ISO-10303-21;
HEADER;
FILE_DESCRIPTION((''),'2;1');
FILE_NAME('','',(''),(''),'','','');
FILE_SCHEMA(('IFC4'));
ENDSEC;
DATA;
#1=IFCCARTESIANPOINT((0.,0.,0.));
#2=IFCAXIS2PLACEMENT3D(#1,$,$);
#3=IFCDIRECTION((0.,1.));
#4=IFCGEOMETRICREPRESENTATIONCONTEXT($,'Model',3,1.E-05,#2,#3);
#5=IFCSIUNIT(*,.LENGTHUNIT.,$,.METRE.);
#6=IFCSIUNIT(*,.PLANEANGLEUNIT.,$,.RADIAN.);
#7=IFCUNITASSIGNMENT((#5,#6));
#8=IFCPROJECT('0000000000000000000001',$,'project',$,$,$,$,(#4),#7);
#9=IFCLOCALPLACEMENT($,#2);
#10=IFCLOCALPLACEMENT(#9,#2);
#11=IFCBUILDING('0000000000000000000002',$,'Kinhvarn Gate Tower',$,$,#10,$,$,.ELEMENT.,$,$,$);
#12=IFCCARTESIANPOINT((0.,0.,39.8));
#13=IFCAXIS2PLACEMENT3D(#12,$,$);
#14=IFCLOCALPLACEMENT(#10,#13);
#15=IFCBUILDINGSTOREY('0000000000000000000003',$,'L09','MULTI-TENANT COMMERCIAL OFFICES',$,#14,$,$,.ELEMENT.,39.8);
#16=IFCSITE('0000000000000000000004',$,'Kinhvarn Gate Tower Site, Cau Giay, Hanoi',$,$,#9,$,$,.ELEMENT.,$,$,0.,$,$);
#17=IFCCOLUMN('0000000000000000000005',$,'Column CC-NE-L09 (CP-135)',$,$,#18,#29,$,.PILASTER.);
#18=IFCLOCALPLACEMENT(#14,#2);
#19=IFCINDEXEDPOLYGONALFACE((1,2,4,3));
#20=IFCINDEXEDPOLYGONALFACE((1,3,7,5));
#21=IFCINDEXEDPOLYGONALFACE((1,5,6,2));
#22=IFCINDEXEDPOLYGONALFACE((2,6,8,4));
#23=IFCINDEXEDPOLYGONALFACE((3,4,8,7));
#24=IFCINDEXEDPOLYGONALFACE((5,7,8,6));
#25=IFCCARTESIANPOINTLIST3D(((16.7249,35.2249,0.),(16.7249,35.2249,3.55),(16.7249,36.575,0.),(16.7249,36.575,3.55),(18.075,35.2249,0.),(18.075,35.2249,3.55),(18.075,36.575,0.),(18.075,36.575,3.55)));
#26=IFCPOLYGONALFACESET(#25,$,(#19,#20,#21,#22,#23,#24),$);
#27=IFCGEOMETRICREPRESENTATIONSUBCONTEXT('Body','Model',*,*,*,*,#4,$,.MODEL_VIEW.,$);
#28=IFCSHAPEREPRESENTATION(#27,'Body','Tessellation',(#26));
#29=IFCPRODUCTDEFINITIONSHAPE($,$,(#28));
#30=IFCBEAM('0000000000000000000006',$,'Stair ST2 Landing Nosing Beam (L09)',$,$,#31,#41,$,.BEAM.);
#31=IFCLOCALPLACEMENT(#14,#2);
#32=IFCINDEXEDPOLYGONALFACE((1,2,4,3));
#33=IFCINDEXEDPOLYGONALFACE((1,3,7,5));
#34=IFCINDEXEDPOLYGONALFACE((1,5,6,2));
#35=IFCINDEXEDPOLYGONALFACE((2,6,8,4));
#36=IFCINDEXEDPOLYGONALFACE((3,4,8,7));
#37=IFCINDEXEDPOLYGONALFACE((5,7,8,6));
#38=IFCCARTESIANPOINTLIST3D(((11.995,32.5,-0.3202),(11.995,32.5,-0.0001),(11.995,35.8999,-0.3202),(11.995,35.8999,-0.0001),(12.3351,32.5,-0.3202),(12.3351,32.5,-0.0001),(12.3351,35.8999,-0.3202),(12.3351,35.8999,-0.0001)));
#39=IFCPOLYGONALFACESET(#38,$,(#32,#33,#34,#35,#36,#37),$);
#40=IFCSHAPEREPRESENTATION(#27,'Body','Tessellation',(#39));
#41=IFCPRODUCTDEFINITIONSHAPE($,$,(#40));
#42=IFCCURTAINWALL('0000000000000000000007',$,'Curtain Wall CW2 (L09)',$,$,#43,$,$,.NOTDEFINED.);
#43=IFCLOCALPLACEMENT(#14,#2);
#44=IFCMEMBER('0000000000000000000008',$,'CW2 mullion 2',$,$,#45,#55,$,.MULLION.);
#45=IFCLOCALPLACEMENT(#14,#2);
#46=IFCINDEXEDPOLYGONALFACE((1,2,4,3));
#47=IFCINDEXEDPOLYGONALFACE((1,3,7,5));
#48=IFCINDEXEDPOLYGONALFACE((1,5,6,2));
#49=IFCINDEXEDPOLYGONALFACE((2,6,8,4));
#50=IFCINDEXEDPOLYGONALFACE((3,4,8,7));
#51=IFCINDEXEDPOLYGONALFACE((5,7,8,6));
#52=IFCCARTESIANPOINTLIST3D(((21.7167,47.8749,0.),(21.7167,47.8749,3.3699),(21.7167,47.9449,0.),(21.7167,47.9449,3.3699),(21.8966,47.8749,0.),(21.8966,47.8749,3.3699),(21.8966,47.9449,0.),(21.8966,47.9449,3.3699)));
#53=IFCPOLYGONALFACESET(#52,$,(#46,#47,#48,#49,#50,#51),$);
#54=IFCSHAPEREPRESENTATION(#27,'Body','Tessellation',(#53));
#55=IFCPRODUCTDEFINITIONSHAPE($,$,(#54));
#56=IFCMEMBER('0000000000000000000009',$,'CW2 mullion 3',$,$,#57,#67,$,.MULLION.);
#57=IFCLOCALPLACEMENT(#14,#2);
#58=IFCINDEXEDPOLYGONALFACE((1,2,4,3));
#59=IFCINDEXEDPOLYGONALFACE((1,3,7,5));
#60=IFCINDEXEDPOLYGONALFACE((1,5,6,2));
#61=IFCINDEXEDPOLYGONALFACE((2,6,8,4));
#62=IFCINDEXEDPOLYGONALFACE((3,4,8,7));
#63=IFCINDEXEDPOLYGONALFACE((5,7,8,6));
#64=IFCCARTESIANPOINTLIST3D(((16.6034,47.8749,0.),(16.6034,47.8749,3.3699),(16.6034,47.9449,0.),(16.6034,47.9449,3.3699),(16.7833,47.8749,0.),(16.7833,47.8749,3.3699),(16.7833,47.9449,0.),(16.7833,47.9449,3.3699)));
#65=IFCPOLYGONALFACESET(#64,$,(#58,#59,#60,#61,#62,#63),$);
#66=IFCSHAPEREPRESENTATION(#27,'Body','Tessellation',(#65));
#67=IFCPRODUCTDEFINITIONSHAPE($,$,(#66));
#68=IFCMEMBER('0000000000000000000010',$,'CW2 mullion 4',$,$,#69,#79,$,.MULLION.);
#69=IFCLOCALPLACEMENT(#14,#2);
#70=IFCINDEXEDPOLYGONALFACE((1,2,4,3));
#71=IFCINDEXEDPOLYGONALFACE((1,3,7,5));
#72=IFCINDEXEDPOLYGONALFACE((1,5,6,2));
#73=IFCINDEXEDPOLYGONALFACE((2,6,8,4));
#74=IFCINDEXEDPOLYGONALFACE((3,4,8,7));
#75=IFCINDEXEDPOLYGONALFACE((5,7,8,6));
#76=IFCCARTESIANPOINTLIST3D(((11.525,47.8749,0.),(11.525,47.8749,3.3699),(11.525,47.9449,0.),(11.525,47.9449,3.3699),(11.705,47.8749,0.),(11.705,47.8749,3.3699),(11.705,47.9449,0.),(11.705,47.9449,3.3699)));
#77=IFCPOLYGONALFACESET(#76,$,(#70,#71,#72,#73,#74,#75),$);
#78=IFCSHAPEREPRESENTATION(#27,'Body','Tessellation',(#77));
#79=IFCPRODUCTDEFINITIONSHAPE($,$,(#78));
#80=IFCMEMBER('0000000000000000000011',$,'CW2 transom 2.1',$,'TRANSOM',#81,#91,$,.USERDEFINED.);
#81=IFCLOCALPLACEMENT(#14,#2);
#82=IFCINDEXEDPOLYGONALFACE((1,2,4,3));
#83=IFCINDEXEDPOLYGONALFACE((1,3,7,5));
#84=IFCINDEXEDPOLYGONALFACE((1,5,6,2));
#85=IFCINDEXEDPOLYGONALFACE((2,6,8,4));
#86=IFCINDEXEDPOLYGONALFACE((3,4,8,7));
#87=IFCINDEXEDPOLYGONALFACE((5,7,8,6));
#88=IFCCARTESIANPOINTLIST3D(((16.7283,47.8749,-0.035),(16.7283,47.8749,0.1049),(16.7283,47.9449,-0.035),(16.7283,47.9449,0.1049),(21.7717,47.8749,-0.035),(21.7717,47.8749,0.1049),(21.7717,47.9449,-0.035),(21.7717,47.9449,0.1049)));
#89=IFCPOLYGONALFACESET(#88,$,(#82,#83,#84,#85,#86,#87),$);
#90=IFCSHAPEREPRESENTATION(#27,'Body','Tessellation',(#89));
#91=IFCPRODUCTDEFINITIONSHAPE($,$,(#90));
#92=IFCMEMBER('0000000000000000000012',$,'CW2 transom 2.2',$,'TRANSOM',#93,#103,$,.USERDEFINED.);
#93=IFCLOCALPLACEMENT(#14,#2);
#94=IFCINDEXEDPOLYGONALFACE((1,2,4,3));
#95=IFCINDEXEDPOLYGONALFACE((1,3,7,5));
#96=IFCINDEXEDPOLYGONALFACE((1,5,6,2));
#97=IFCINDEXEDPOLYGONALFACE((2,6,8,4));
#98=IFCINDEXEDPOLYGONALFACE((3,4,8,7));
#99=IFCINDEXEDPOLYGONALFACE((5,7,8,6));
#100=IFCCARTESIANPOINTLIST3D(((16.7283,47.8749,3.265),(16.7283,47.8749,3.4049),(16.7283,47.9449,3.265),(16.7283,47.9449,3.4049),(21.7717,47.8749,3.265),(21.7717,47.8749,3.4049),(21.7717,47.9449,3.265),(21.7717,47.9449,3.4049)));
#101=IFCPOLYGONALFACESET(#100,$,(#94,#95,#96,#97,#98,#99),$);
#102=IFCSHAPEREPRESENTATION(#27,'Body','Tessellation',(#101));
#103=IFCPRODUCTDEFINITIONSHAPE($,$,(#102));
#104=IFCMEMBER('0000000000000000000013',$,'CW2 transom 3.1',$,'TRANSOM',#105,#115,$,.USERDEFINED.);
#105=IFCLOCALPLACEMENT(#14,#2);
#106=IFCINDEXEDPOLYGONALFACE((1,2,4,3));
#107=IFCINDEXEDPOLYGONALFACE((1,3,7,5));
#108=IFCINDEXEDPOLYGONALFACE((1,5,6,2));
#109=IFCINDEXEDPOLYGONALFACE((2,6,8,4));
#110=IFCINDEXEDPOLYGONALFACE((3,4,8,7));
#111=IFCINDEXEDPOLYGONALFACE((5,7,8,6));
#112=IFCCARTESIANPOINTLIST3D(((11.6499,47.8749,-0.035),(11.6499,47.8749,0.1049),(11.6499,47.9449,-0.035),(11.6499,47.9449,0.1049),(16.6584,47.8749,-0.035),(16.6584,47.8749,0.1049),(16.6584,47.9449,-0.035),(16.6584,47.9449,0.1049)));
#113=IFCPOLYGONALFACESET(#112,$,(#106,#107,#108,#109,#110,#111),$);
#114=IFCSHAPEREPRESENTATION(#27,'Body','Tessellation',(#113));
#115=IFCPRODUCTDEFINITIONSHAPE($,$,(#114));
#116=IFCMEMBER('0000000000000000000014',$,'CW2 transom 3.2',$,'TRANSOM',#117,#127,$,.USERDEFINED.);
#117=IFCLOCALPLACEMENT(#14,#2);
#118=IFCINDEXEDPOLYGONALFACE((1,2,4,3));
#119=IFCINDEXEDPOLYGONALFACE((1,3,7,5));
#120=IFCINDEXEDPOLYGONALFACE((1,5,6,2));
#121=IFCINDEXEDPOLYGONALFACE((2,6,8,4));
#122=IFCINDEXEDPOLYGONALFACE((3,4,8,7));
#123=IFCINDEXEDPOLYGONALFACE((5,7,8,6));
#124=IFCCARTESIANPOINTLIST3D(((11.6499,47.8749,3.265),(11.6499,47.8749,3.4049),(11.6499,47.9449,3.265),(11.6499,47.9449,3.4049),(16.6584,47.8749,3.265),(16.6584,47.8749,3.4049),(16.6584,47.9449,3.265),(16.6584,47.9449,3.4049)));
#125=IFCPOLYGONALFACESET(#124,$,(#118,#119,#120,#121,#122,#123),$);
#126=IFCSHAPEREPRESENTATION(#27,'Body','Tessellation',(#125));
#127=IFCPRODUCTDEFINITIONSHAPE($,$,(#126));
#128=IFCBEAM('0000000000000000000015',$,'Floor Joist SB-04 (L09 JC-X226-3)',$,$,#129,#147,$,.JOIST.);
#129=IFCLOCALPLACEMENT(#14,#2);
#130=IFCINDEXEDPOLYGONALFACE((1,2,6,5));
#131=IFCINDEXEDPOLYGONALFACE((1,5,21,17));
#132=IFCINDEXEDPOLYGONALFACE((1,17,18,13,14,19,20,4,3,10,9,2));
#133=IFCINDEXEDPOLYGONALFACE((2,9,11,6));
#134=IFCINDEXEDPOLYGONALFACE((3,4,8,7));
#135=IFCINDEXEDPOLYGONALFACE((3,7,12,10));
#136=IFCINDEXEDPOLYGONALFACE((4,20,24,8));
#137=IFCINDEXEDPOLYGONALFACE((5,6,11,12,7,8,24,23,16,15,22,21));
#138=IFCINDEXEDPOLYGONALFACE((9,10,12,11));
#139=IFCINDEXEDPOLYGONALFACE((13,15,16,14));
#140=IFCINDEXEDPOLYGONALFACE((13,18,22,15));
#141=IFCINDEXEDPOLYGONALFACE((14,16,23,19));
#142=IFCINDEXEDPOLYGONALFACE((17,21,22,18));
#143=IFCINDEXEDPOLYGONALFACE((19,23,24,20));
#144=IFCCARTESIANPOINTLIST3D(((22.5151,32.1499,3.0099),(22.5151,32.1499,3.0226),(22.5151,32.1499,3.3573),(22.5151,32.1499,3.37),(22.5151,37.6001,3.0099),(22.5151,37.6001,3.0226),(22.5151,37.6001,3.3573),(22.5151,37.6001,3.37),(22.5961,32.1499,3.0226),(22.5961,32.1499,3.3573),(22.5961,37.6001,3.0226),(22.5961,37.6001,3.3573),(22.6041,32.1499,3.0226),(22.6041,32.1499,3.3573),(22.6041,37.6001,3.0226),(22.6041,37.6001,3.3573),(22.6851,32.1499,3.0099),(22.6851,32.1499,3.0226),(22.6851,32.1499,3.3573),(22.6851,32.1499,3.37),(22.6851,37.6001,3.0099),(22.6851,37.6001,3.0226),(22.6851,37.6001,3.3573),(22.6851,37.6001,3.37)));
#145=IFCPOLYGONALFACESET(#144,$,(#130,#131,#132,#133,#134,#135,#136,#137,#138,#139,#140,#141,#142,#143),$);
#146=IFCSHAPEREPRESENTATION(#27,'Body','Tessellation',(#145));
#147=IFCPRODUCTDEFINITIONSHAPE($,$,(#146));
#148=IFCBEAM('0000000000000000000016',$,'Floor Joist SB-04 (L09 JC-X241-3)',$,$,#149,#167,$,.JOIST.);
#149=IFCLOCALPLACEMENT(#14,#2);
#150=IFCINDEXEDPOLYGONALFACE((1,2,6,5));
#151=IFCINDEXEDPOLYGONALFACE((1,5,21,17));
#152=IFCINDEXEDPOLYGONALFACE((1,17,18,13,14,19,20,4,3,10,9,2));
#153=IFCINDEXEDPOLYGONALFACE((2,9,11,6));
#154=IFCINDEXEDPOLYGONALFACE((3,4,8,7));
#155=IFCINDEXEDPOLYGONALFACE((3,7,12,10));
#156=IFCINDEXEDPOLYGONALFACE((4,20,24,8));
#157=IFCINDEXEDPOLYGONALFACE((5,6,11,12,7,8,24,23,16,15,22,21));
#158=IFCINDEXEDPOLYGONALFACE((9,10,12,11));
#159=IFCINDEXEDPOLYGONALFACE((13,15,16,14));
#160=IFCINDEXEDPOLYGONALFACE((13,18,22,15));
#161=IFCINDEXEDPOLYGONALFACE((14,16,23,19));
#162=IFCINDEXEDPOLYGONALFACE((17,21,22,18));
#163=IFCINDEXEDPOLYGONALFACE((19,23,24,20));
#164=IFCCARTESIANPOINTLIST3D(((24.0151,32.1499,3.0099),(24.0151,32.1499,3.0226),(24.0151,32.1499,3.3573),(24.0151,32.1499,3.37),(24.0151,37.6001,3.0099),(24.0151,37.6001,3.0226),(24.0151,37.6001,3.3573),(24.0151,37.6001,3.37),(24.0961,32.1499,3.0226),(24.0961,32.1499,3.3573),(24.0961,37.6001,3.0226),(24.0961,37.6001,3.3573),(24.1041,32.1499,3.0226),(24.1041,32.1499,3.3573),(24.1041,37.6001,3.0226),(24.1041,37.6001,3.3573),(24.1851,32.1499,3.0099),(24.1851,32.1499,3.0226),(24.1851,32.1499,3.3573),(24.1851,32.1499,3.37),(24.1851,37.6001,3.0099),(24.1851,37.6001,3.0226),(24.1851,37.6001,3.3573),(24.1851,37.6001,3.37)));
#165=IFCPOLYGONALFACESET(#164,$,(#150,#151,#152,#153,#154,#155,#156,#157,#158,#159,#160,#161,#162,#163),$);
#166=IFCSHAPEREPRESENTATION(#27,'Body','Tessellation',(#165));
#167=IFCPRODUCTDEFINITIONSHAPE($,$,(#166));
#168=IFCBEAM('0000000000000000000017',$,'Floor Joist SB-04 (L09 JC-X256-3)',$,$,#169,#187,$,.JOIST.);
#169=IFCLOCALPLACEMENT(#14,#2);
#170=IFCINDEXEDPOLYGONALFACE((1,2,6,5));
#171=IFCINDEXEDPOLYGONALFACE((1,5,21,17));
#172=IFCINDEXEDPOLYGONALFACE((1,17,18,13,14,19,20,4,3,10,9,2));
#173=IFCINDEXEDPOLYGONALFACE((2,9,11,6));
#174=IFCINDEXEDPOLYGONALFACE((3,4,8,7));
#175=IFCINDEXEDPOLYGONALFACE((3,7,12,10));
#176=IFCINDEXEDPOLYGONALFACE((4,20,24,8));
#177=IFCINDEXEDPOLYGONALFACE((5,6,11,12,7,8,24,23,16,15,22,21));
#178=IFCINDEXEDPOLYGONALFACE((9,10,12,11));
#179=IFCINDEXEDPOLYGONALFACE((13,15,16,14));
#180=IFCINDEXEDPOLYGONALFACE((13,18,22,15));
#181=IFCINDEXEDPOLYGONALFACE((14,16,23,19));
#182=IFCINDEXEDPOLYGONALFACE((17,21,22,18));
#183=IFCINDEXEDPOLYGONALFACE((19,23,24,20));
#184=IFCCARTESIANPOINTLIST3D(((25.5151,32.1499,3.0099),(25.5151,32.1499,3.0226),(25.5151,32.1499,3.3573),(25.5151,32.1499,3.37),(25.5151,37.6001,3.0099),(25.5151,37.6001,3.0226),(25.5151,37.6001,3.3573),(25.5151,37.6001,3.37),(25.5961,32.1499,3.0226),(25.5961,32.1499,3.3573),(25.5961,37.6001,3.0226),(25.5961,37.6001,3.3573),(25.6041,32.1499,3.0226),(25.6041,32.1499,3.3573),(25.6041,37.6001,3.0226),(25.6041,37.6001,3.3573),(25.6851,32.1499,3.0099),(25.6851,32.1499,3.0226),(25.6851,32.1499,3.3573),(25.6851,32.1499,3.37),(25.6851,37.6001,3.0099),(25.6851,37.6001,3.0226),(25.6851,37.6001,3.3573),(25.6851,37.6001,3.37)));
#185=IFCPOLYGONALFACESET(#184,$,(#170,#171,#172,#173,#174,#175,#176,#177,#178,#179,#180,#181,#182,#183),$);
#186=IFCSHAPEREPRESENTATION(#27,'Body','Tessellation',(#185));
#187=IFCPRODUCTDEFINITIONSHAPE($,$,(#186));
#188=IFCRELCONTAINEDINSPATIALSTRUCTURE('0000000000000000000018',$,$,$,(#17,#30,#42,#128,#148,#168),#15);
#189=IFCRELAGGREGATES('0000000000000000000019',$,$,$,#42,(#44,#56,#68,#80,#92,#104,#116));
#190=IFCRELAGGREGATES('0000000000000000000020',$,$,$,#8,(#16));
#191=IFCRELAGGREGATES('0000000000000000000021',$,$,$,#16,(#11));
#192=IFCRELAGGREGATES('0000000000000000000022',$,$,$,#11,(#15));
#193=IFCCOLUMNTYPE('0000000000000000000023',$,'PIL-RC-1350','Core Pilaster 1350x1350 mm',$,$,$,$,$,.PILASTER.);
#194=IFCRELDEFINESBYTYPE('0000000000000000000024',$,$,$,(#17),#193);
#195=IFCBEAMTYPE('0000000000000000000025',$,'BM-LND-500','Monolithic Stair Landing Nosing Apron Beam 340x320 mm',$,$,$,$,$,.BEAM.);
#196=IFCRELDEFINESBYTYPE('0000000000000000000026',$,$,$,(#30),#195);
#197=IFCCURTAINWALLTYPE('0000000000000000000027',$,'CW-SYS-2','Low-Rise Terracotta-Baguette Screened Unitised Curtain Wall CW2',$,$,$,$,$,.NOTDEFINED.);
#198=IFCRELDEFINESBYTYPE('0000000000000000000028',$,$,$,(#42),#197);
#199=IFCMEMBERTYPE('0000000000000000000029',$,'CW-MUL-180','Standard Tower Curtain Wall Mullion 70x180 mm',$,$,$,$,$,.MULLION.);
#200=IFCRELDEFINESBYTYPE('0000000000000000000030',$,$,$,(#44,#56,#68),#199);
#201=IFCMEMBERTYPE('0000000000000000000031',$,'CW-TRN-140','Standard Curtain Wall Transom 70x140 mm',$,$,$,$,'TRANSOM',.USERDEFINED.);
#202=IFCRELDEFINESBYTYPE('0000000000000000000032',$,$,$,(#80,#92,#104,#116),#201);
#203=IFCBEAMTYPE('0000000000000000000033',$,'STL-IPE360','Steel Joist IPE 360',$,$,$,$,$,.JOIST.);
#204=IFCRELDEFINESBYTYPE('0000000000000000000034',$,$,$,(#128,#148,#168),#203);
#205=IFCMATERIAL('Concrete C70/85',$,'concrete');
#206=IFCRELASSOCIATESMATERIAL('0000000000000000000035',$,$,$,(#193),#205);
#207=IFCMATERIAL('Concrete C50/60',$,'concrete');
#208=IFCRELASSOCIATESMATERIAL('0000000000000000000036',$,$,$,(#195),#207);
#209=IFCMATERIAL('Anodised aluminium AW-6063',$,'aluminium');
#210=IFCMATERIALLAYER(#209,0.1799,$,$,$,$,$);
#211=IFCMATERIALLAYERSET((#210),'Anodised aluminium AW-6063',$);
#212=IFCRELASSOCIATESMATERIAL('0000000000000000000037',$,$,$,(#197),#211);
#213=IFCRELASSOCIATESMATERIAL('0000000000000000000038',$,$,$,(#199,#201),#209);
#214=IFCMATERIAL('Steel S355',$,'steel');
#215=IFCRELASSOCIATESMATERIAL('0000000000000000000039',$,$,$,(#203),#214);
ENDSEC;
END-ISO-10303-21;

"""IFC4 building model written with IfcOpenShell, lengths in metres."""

from ifc_helpers import new_model, si_unit, direction, frame, origin, origin_2d, place, context, subcontext, project, spatial, rectangle, i_section, extrude, material, layer, layer_set, material_profile, profile_set, type_object, element, aggregate, save


model = new_model("IFC4")

# Units and contexts
model_context = context("Model", 3, precision=1e-05, world=origin(), true_north=direction((0.0, 1.0)))
body_context = subcontext(model_context, "Body", "Model", "MODEL_VIEW")
ifc_project = project(units=[si_unit("LENGTHUNIT", "METRE"), si_unit("PLANEANGLEUNIT", "RADIAN")], contexts=[model_context])

# Site, building, storey
site_placement = place(None, origin())
site = spatial("IfcSite", under=ifc_project, at=site_placement, Name="Kinhvarn Gate Tower Site, Cau Giay, Hanoi", CompositionType="ELEMENT", RefElevation=0.0)
building_placement = place(site_placement, origin())
building = spatial("IfcBuilding", under=site, at=building_placement, Name="Kinhvarn Gate Tower", CompositionType="ELEMENT")
storey_placement = place(building_placement, frame((0.0, 0.0, 39.8)))
storey = spatial("IfcBuildingStorey", under=building, at=storey_placement, Name="L09", Description="MULTI-TENANT COMMERCIAL OFFICES", CompositionType="ELEMENT", Elevation=39.8)

# Column
ifc_material_1 = material(Name="Concrete C70/85", Category="concrete")
ifc_material_profile_1 = material_profile(ifc_material_1, rectangle(XDim=1.3501, YDim=1.3501, at=origin_2d()), Name="RC 1350x1350")
ifc_profile_set_1 = profile_set([ifc_material_profile_1], Name="Concrete C70/85")
column_type = type_object("IfcColumnType", Name="PIL-RC-1350", Description="Core Pilaster 1350x1350 mm", PredefinedType="PILASTER", material=ifc_profile_set_1)
column_placement = place(storey_placement, frame((17.3999, 35.8999, 0.0), z_axis=(0.0, 0.0, 1.0), x_axis=(1.0, 0.0, 0.0)))
element("IfcColumn", 1, at=column_placement, inside=storey, type_object=column_type, Name="Column CC-NE-L09 (CP-135)", PredefinedType="PILASTER", context=body_context, shape_type="SweptSolid", body=[
    extrude(rectangle(XDim=1.3501, YDim=1.3501, at=origin_2d()), origin(), (0.0, 0.0, 1.0), 3.55),
])

# Beam
ifc_material_2 = material(Name="Concrete C50/60", Category="concrete")
ifc_material_profile_2 = material_profile(ifc_material_2, rectangle(XDim=0.3401, YDim=0.3201, at=origin_2d()), Name="RC 340x320")
ifc_profile_set_2 = profile_set([ifc_material_profile_2], Name="Concrete C50/60")
beam_type_1 = type_object("IfcBeamType", Name="BM-LND-500", Description="Monolithic Stair Landing Nosing Apron Beam 340x320 mm", PredefinedType="BEAM", material=ifc_profile_set_2)
beam_placement = place(storey_placement, frame((12.165, 32.5, -0.1602), z_axis=(0.0, 1.0, 0.0), x_axis=(-1.0, 0.0, 0.0)))
element("IfcBeam", 2, at=beam_placement, inside=storey, type_object=beam_type_1, Name="Stair ST2 Landing Nosing Beam (L09)", PredefinedType="BEAM", context=body_context, shape_type="SweptSolid", body=[
    extrude(rectangle(XDim=0.3401, YDim=0.3201, at=origin_2d()), origin(), (0.0, 0.0, 1.0), 3.3999),
])

# Curtain wall, members
ifc_material_3 = material(Name="Anodised aluminium AW-6063", Category="aluminium")
ifc_layer_1 = layer(ifc_material_3, 0.1799)
ifc_layer_set_1 = layer_set([ifc_layer_1], Name="Anodised aluminium AW-6063")
curtain_wall_type = type_object("IfcCurtainWallType", Name="CW-SYS-2", Description="Low-Rise Terracotta-Baguette Screened Unitised Curtain Wall CW2", PredefinedType="NOTDEFINED", material=ifc_layer_set_1)
curtain_wall_placement = place(storey_placement, origin())
curtain_wall = element("IfcCurtainWall", 3, at=curtain_wall_placement, inside=storey, type_object=curtain_wall_type, Name="Curtain Wall CW2 (L09)", PredefinedType="NOTDEFINED")
ifc_material_profile_3 = material_profile(ifc_material_3, rectangle(XDim=0.0701, YDim=0.1799, at=origin_2d()), Name="ALU 70x180")
ifc_profile_set_3 = profile_set([ifc_material_profile_3], Name="Anodised aluminium AW-6063")
member_type_1 = type_object("IfcMemberType", Name="CW-MUL-180", Description="Standard Tower Curtain Wall Mullion 70x180 mm", PredefinedType="MULLION", material=ifc_profile_set_3)
member_1_placement = place(storey_placement, frame((21.8066, 47.9099, 0.0), z_axis=(0.0, 0.0, 1.0), x_axis=(0.0, -1.0, 0.0)))
member_1 = element("IfcMember", 4, at=member_1_placement, type_object=member_type_1, Name="CW2 mullion 2", PredefinedType="MULLION", context=body_context, shape_type="SweptSolid", body=[
    extrude(rectangle(XDim=0.0701, YDim=0.1799, at=origin_2d()), origin(), (0.0, 0.0, 1.0), 3.3699),
])
member_2_placement = place(storey_placement, frame((16.6934, 47.9099, 0.0), z_axis=(0.0, 0.0, 1.0), x_axis=(0.0, -1.0, 0.0)))
member_2 = element("IfcMember", 5, at=member_2_placement, type_object=member_type_1, Name="CW2 mullion 3", PredefinedType="MULLION", context=body_context, shape_type="SweptSolid", body=[
    extrude(rectangle(XDim=0.0701, YDim=0.1799, at=origin_2d()), origin(), (0.0, 0.0, 1.0), 3.3699),
])
member_3_placement = place(storey_placement, frame((11.615, 47.9099, 0.0), z_axis=(0.0, 0.0, 1.0), x_axis=(0.0, -1.0, 0.0)))
member_3 = element("IfcMember", 6, at=member_3_placement, type_object=member_type_1, Name="CW2 mullion 4", PredefinedType="MULLION", context=body_context, shape_type="SweptSolid", body=[
    extrude(rectangle(XDim=0.0701, YDim=0.1799, at=origin_2d()), origin(), (0.0, 0.0, 1.0), 3.3699),
])
ifc_material_profile_4 = material_profile(ifc_material_3, rectangle(XDim=0.0701, YDim=0.1399, at=origin_2d()), Name="ALU 70x140")
ifc_profile_set_4 = profile_set([ifc_material_profile_4], Name="Anodised aluminium AW-6063")
member_type_2 = type_object("IfcMemberType", Name="CW-TRN-140", Description="Standard Curtain Wall Transom 70x140 mm", ElementType="TRANSOM", PredefinedType="USERDEFINED", material=ifc_profile_set_4)
member_4_placement = place(storey_placement, frame((21.7717, 47.9099, 0.0349), z_axis=(-1.0, 0.0, 0.0), x_axis=(0.0, -1.0, 0.0)))
member_4 = element("IfcMember", 7, at=member_4_placement, type_object=member_type_2, Name="CW2 transom 2.1", ObjectType="TRANSOM", PredefinedType="USERDEFINED", context=body_context, shape_type="SweptSolid", body=[
    extrude(rectangle(XDim=0.0701, YDim=0.1399, at=origin_2d()), origin(), (0.0, 0.0, 1.0), 5.0435),
])
member_5_placement = place(storey_placement, frame((21.7717, 47.9099, 3.335), z_axis=(-1.0, 0.0, 0.0), x_axis=(0.0, -1.0, 0.0)))
member_5 = element("IfcMember", 8, at=member_5_placement, type_object=member_type_2, Name="CW2 transom 2.2", ObjectType="TRANSOM", PredefinedType="USERDEFINED", context=body_context, shape_type="SweptSolid", body=[
    extrude(rectangle(XDim=0.0701, YDim=0.1399, at=origin_2d()), origin(), (0.0, 0.0, 1.0), 5.0435),
])
member_6_placement = place(storey_placement, frame((16.6584, 47.9099, 0.0349), z_axis=(-1.0, 0.0, 0.0), x_axis=(0.0, -1.0, 0.0)))
member_6 = element("IfcMember", 9, at=member_6_placement, type_object=member_type_2, Name="CW2 transom 3.1", ObjectType="TRANSOM", PredefinedType="USERDEFINED", context=body_context, shape_type="SweptSolid", body=[
    extrude(rectangle(XDim=0.0701, YDim=0.1399, at=origin_2d()), origin(), (0.0, 0.0, 1.0), 5.0085),
])
member_7_placement = place(storey_placement, frame((16.6584, 47.9099, 3.335), z_axis=(-1.0, 0.0, 0.0), x_axis=(0.0, -1.0, 0.0)))
member_7 = element("IfcMember", 10, at=member_7_placement, type_object=member_type_2, Name="CW2 transom 3.2", ObjectType="TRANSOM", PredefinedType="USERDEFINED", context=body_context, shape_type="SweptSolid", body=[
    extrude(rectangle(XDim=0.0701, YDim=0.1399, at=origin_2d()), origin(), (0.0, 0.0, 1.0), 5.0085),
])

# Beams
ifc_material_4 = material(Name="Steel S355", Category="steel")
ifc_material_profile_5 = material_profile(ifc_material_4, i_section(OverallWidth=0.1699, OverallDepth=0.3601, WebThickness=0.0081, FlangeThickness=0.0127, at=origin_2d()), Name="IPE 360")
ifc_profile_set_5 = profile_set([ifc_material_profile_5], Name="Steel S355")
beam_type_2 = type_object("IfcBeamType", Name="STL-IPE360", Description="Steel Joist IPE 360", PredefinedType="JOIST", material=ifc_profile_set_5)
for number, where, z_axis, x_axis, name in (
    (11, (22.6001, 32.1499, 3.1899), (0.0, 1.0, 0.0), (-1.0, 0.0, 0.0), "Floor Joist SB-04 (L09 JC-X226-3)"),
    (12, (24.1001, 32.1499, 3.1899), (0.0, 1.0, 0.0), (-1.0, 0.0, 0.0), "Floor Joist SB-04 (L09 JC-X241-3)"),
    (13, (25.6001, 32.1499, 3.1899), (0.0, 1.0, 0.0), (-1.0, 0.0, 0.0), "Floor Joist SB-04 (L09 JC-X256-3)"),
):
    element("IfcBeam", number, at=place(storey_placement, frame(where, z_axis=z_axis, x_axis=x_axis)), inside=storey, type_object=beam_type_2, Name=name, PredefinedType="JOIST", context=body_context, shape_type="SweptSolid", body=[
        extrude(i_section(OverallWidth=0.1699, OverallDepth=0.3601, WebThickness=0.0081, FlangeThickness=0.0127, at=origin_2d()), origin(), (0.0, 0.0, 1.0), 5.4502),
    ])

aggregate(curtain_wall, [member_1, member_2, member_3, member_4, member_5, member_6, member_7])

save(model, "model.ifc")
